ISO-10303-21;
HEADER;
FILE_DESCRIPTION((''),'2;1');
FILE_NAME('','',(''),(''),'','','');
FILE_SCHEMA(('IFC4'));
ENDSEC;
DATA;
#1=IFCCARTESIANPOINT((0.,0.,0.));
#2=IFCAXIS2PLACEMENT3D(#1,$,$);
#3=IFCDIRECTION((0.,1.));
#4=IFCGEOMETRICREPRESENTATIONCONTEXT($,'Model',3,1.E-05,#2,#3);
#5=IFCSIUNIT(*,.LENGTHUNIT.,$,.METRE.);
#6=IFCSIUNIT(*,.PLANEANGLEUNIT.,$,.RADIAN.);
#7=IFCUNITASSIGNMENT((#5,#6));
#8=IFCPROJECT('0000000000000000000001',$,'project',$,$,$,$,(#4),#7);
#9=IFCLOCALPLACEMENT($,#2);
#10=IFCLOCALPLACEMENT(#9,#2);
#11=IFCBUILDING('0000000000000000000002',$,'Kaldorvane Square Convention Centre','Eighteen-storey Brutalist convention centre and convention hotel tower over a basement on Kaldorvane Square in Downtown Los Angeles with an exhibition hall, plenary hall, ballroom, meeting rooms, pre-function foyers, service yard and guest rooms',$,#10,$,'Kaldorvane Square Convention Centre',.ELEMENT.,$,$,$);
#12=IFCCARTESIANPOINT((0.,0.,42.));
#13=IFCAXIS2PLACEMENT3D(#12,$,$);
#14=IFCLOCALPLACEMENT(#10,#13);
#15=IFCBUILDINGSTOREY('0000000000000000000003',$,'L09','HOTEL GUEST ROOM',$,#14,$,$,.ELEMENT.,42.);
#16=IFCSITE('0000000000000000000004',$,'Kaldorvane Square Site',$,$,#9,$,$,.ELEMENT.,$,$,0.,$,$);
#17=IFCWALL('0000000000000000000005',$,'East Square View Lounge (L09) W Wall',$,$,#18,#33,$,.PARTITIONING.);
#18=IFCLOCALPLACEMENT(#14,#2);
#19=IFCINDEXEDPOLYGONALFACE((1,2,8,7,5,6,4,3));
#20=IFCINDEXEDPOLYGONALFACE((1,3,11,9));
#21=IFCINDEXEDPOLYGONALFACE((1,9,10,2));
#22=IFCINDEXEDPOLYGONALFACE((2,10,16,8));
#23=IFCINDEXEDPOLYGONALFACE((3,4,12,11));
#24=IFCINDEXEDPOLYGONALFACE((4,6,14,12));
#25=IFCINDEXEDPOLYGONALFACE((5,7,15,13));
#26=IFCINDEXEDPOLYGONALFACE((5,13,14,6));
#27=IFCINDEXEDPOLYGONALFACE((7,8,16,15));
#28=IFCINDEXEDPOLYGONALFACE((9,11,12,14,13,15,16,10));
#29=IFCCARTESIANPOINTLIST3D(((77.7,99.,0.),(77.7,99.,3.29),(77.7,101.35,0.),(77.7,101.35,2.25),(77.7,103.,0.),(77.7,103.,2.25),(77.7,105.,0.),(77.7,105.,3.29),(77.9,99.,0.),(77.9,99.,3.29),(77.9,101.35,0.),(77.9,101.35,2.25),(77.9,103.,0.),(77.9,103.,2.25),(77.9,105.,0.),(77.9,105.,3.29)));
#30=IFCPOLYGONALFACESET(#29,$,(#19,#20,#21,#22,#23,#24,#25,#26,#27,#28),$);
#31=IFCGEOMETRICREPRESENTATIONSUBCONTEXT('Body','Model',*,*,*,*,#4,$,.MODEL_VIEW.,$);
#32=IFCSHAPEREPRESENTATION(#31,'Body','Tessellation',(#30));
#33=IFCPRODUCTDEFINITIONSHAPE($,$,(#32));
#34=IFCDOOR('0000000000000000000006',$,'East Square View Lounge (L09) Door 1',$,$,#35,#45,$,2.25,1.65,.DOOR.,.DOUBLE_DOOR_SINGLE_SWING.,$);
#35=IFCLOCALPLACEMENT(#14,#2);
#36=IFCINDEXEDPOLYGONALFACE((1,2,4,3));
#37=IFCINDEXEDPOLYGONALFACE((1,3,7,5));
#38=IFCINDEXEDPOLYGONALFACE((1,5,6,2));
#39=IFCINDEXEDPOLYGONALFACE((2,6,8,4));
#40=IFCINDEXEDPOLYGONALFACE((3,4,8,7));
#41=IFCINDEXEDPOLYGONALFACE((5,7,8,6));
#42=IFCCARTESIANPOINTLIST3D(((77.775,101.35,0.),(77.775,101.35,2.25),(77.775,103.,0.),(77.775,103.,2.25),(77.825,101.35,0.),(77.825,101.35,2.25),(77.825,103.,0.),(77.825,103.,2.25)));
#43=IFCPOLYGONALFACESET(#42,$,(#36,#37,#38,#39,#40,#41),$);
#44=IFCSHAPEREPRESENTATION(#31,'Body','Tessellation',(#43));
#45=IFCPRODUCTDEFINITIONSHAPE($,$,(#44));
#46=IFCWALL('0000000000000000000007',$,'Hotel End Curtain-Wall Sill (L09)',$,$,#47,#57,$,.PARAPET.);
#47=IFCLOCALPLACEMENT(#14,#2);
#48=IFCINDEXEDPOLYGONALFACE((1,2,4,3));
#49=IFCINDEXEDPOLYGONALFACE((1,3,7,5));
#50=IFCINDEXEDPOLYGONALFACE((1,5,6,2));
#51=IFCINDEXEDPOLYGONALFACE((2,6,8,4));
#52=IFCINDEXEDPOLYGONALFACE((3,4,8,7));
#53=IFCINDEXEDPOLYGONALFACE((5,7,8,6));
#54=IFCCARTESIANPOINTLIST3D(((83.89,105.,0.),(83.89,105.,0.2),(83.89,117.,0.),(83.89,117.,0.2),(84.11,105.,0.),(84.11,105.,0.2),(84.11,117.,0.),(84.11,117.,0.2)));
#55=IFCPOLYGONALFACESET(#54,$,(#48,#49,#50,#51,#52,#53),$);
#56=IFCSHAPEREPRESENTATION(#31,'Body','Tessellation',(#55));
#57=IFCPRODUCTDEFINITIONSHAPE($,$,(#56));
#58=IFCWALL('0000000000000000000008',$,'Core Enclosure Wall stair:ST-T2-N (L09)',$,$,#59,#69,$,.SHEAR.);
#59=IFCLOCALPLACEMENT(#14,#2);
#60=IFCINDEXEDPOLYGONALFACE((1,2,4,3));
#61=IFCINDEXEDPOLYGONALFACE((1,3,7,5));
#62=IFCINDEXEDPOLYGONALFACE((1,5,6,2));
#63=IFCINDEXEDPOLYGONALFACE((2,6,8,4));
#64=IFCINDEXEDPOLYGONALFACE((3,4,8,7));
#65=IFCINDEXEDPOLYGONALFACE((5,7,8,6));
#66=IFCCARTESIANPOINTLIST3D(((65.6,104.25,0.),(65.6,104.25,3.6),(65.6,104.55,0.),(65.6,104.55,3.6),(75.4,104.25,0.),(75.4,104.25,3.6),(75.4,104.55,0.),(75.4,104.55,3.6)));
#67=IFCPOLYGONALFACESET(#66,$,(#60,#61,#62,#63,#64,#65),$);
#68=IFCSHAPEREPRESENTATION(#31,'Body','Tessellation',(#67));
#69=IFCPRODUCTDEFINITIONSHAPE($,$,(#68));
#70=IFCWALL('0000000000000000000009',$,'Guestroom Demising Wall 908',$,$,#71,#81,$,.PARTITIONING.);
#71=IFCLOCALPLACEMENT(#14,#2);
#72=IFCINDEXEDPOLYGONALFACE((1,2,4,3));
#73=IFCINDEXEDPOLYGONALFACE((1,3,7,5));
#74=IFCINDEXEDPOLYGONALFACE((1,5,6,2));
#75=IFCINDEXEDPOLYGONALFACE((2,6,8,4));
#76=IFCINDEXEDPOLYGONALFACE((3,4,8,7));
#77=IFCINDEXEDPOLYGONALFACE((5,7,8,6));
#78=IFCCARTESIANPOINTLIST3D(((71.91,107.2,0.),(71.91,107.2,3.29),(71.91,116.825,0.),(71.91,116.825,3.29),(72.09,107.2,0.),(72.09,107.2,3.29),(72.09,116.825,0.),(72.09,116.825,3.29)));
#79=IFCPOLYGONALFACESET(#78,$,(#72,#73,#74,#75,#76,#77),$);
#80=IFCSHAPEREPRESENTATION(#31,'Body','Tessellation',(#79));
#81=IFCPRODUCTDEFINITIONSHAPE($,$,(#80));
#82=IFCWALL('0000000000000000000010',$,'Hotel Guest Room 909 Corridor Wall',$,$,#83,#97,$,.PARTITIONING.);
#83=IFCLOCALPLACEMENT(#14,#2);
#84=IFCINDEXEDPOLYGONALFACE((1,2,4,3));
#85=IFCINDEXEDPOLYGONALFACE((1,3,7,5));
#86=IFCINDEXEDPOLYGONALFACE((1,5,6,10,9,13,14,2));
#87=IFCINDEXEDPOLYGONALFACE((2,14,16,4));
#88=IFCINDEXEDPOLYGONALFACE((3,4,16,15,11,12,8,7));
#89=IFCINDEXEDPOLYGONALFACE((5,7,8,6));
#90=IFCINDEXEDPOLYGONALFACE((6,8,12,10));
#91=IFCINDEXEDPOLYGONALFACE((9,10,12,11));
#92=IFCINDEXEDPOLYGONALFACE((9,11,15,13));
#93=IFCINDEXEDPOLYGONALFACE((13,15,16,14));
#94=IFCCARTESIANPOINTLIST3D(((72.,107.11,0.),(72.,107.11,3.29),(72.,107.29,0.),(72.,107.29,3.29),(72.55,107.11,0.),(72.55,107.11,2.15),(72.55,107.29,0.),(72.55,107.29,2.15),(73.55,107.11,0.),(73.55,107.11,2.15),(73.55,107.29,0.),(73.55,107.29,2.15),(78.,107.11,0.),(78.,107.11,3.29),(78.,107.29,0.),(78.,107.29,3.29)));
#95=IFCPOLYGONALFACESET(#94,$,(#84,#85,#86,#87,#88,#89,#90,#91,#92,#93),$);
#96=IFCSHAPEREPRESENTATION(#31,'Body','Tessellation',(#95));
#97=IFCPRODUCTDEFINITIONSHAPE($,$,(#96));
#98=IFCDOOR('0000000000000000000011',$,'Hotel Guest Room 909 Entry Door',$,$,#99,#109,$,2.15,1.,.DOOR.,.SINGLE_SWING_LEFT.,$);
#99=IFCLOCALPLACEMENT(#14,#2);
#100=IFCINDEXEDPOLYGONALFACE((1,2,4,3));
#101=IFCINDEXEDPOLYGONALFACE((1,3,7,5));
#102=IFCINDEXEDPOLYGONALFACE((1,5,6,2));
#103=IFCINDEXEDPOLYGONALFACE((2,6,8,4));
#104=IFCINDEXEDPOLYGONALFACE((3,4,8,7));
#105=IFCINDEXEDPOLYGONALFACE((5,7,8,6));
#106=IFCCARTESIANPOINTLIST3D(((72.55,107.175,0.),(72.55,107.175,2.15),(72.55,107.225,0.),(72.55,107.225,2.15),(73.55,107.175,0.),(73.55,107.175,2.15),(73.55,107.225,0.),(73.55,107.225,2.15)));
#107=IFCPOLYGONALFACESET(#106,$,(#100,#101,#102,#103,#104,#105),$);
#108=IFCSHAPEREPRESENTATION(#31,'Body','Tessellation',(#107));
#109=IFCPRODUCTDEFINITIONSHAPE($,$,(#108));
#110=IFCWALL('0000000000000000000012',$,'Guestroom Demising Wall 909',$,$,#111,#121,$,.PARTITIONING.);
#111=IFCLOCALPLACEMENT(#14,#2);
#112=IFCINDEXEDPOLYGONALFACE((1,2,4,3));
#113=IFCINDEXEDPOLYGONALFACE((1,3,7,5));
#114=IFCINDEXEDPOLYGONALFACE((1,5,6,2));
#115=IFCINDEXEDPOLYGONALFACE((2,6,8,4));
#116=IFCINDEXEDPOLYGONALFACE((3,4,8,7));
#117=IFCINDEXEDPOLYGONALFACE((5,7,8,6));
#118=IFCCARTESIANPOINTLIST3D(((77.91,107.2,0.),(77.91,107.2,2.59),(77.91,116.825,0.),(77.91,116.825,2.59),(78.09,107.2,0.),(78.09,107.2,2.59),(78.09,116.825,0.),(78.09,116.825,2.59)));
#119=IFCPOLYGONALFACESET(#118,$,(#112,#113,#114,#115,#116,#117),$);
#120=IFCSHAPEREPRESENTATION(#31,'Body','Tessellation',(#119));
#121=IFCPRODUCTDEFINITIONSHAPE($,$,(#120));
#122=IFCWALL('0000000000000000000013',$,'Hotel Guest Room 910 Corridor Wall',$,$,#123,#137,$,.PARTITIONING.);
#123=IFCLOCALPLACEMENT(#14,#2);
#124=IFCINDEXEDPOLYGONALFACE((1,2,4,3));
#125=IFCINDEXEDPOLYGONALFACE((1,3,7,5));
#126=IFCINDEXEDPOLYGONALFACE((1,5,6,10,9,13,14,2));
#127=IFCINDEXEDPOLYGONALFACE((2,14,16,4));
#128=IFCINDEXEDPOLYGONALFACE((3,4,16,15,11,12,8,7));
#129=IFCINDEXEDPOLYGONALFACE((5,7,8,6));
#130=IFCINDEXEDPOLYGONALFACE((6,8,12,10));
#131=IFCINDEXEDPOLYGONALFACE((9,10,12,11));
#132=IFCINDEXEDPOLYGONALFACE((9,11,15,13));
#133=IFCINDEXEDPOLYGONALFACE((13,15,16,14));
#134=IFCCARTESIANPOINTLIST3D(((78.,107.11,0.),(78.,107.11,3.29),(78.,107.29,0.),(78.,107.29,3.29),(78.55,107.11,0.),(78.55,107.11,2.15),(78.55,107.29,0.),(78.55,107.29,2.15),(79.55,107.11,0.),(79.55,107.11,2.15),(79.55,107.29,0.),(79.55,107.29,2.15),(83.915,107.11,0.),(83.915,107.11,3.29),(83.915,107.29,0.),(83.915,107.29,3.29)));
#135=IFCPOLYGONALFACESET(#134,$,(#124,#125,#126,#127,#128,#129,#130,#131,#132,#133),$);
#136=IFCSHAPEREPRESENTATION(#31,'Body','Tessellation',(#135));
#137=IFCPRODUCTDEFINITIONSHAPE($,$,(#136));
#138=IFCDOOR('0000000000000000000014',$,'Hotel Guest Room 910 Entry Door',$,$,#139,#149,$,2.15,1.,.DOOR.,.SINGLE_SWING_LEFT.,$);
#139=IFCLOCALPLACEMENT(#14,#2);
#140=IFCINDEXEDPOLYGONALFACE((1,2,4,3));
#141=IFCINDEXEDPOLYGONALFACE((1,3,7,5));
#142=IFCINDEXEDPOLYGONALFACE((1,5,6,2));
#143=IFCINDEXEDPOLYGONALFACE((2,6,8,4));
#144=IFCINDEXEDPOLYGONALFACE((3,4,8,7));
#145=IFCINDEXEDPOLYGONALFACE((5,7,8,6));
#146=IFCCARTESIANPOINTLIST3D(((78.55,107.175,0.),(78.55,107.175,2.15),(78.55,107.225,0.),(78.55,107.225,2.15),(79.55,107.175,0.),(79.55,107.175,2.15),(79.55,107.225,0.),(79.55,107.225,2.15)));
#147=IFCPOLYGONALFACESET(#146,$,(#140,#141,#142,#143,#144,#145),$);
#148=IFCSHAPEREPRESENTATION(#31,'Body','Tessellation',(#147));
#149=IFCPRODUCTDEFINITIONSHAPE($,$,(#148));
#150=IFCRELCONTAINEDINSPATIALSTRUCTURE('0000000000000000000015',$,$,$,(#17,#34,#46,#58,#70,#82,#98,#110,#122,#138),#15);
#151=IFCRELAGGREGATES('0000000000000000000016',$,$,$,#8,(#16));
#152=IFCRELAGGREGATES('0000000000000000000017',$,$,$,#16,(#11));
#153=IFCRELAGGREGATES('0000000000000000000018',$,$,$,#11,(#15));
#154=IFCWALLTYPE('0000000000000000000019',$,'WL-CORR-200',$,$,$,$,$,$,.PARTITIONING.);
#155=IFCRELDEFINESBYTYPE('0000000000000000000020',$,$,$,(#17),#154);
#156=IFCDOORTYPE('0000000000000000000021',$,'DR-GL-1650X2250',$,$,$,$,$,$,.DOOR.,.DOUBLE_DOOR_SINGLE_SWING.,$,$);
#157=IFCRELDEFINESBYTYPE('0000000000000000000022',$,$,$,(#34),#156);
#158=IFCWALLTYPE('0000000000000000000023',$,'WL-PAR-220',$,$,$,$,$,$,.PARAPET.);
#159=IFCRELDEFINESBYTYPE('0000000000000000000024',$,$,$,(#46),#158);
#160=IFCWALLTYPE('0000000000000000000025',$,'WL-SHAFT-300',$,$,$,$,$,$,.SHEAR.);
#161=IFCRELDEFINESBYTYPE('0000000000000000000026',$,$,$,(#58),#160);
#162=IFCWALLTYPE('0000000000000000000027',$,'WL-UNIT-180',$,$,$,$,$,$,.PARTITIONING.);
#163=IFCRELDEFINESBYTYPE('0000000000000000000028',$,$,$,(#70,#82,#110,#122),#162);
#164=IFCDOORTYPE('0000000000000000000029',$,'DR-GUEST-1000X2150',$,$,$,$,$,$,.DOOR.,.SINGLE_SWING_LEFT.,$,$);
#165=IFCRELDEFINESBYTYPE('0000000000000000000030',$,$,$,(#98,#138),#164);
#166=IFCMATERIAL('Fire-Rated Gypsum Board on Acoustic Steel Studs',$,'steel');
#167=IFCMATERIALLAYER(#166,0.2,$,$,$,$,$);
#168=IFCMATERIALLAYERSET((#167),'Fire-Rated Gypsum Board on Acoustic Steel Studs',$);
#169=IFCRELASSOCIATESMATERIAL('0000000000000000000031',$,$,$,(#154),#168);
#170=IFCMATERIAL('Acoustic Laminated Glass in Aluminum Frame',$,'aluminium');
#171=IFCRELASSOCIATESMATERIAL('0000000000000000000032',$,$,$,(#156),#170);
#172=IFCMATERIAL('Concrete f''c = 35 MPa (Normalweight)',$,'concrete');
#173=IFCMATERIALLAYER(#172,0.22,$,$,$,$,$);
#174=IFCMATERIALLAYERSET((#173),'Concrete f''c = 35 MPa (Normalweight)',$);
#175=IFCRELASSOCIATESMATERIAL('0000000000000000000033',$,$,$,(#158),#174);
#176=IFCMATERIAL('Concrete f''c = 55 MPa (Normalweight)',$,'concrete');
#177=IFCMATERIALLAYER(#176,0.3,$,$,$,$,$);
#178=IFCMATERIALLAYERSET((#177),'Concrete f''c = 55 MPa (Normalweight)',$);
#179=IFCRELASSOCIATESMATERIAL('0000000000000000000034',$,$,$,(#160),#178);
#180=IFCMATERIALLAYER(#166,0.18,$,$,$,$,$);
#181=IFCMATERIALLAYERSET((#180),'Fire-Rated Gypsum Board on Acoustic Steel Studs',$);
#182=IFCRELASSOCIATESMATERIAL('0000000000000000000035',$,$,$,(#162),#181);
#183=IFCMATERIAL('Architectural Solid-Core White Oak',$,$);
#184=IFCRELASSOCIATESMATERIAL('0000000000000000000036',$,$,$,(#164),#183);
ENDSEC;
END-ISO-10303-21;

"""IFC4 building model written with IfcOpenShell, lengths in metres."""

from ifc_helpers import new_model, si_unit, direction, frame, frame_2d, origin, place, context, subcontext, project, spatial, rectangle, extrude, material, layer, layer_set, type_object, element, fill, save


model = new_model("IFC4")

# Units and contexts
model_context = context("Model", 3, precision=1e-05, world=origin(), true_north=direction((0.0, 1.0)))
body_context = subcontext(model_context, "Body", "Model", "MODEL_VIEW")
ifc_project = project(units=[si_unit("LENGTHUNIT", "METRE"), si_unit("PLANEANGLEUNIT", "RADIAN")], contexts=[model_context])

# Site, building, storey
site_placement = place(None, origin())
site = spatial("IfcSite", under=ifc_project, at=site_placement, Name="Kaldorvane Square Site", CompositionType="ELEMENT", RefElevation=0.0)
building_placement = place(site_placement, origin())
building = spatial("IfcBuilding", under=site, at=building_placement, Name="Kaldorvane Square Convention Centre", Description="Eighteen-storey Brutalist convention centre and convention hotel tower over a basement on Kaldorvane Square in Downtown Los Angeles with an exhibition hall, plenary hall, ballroom, meeting rooms, pre-function foyers, service yard and guest rooms", LongName="Kaldorvane Square Convention Centre", CompositionType="ELEMENT")
storey_placement = place(building_placement, frame((0.0, 0.0, 42.0)))
storey = spatial("IfcBuildingStorey", under=building, at=storey_placement, Name="L09", Description="HOTEL GUEST ROOM", CompositionType="ELEMENT", Elevation=42.0)

# Shared definitions
ifc_material_1 = material(Name="Fire-Rated Gypsum Board on Acoustic Steel Studs", Category="steel")
ifc_material_2 = material(Name="Architectural Solid-Core White Oak")

# Shared definitions
ifc_layer_1 = layer(ifc_material_1, 0.2)
ifc_layer_set_1 = layer_set([ifc_layer_1], Name="Fire-Rated Gypsum Board on Acoustic Steel Studs")
wall_type_1 = type_object("IfcWallType", Name="WL-CORR-200", PredefinedType="PARTITIONING", material=ifc_layer_set_1)

# Wall, opening, door
wall_1_placement = place(storey_placement, frame((77.8, 105.0, 0.0), z_axis=(0.0, 0.0, 1.0), x_axis=(0.0, -1.0, 0.0)))
wall_1 = element("IfcWall", 1, at=wall_1_placement, inside=storey, type_object=wall_type_1, Name="East Square View Lounge (L09) W Wall", PredefinedType="PARTITIONING", context=body_context, shape_type="SweptSolid", body=[
    extrude(rectangle(XDim=6.0, YDim=0.2, at=frame_2d((3.0, 0.0))), origin(), (0.0, 0.0, 1.0), 3.29),
])
opening_1_placement = place(wall_1_placement, frame((2.0, 0.0, 0.0)))
opening_1 = element("IfcOpeningElement", 2, at=opening_1_placement, cuts=wall_1, PredefinedType="OPENING", context=body_context, shape_type="SweptSolid", body=[
    extrude(rectangle(XDim=1.65, YDim=2.25, at=frame_2d((0.825, 1.125))), frame((0.0, 0.115, 0.0), z_axis=(0.0, -1.0, 0.0), x_axis=(1.0, 0.0, 0.0)), (0.0, 0.0, 1.0), 0.23),
])
ifc_material_3 = material(Name="Acoustic Laminated Glass in Aluminum Frame", Category="aluminium")
door_type_1 = type_object("IfcDoorType", Name="DR-GL-1650X2250", OperationType="DOUBLE_DOOR_SINGLE_SWING", PredefinedType="DOOR", material=ifc_material_3)
door_1_placement = place(opening_1_placement, origin())
door_1 = element("IfcDoor", 3, at=door_1_placement, inside=storey, type_object=door_type_1, Name="East Square View Lounge (L09) Door 1", OperationType="DOUBLE_DOOR_SINGLE_SWING", OverallHeight=2.25, OverallWidth=1.65, PredefinedType="DOOR", context=body_context, shape_type="SweptSolid", body=[
    extrude(rectangle(XDim=1.65, YDim=2.25, at=frame_2d((0.825, 1.125))), frame((0.0, 0.025, 0.0), z_axis=(0.0, -1.0, 0.0), x_axis=(1.0, 0.0, 0.0)), (0.0, 0.0, 1.0), 0.05),
])
fill(opening_1, door_1)

# Walls
ifc_material_4 = material(Name="Concrete f'c = 35 MPa (Normalweight)", Category="concrete")
ifc_layer_2 = layer(ifc_material_4, 0.22)
ifc_layer_set_2 = layer_set([ifc_layer_2], Name="Concrete f'c = 35 MPa (Normalweight)")
wall_type_2 = type_object("IfcWallType", Name="WL-PAR-220", PredefinedType="PARAPET", material=ifc_layer_set_2)
wall_2_placement = place(storey_placement, frame((84.0, 105.0, 0.0), z_axis=(0.0, 0.0, 1.0), x_axis=(0.0, 1.0, 0.0)))
element("IfcWall", 4, at=wall_2_placement, inside=storey, type_object=wall_type_2, Name="Hotel End Curtain-Wall Sill (L09)", PredefinedType="PARAPET", context=body_context, shape_type="SweptSolid", body=[
    extrude(rectangle(XDim=12.0, YDim=0.22, at=frame_2d((6.0, 0.0))), origin(), (0.0, 0.0, 1.0), 0.2),
])
ifc_material_5 = material(Name="Concrete f'c = 55 MPa (Normalweight)", Category="concrete")
ifc_layer_3 = layer(ifc_material_5, 0.3)
ifc_layer_set_3 = layer_set([ifc_layer_3], Name="Concrete f'c = 55 MPa (Normalweight)")
wall_type_3 = type_object("IfcWallType", Name="WL-SHAFT-300", PredefinedType="SHEAR", material=ifc_layer_set_3)
wall_3_placement = place(storey_placement, frame((75.4, 104.4, 0.0), z_axis=(0.0, 0.0, 1.0), x_axis=(-1.0, 0.0, 0.0)))
element("IfcWall", 5, at=wall_3_placement, inside=storey, type_object=wall_type_3, Name="Core Enclosure Wall stair:ST-T2-N (L09)", PredefinedType="SHEAR", context=body_context, shape_type="SweptSolid", body=[
    extrude(rectangle(XDim=9.8, YDim=0.3, at=frame_2d((4.9, 0.0))), origin(), (0.0, 0.0, 1.0), 3.6),
])
ifc_layer_4 = layer(ifc_material_1, 0.18)
ifc_layer_set_4 = layer_set([ifc_layer_4], Name="Fire-Rated Gypsum Board on Acoustic Steel Studs")
wall_type_4 = type_object("IfcWallType", Name="WL-UNIT-180", PredefinedType="PARTITIONING", material=ifc_layer_set_4)
wall_4_placement = place(storey_placement, frame((72.0, 107.2, 0.0), z_axis=(0.0, 0.0, 1.0), x_axis=(0.0, 1.0, 0.0)))
element("IfcWall", 6, at=wall_4_placement, inside=storey, type_object=wall_type_4, Name="Guestroom Demising Wall 908", PredefinedType="PARTITIONING", context=body_context, shape_type="SweptSolid", body=[
    extrude(rectangle(XDim=9.625, YDim=0.18, at=frame_2d((4.8125, 0.0))), origin(), (0.0, 0.0, 1.0), 3.29),
])

# Wall, opening, door
wall_5_placement = place(storey_placement, frame((72.0, 107.2, 0.0), z_axis=(0.0, 0.0, 1.0), x_axis=(1.0, 0.0, 0.0)))
wall_5 = element("IfcWall", 7, at=wall_5_placement, inside=storey, type_object=wall_type_4, Name="Hotel Guest Room 909 Corridor Wall", PredefinedType="PARTITIONING", context=body_context, shape_type="SweptSolid", body=[
    extrude(rectangle(XDim=6.0, YDim=0.18, at=frame_2d((3.0, 0.0))), origin(), (0.0, 0.0, 1.0), 3.29),
])
opening_2_placement = place(wall_5_placement, frame((0.55, 0.0, 0.0)))
opening_2 = element("IfcOpeningElement", 8, at=opening_2_placement, cuts=wall_5, PredefinedType="OPENING", context=body_context, shape_type="SweptSolid", body=[
    extrude(rectangle(XDim=1.0, YDim=2.15, at=frame_2d((0.5, 1.075))), frame((0.0, 0.105, 0.0), z_axis=(0.0, -1.0, 0.0), x_axis=(1.0, 0.0, 0.0)), (0.0, 0.0, 1.0), 0.21),
])
door_type_2 = type_object("IfcDoorType", Name="DR-GUEST-1000X2150", OperationType="SINGLE_SWING_LEFT", PredefinedType="DOOR", material=ifc_material_2)
door_2_placement = place(opening_2_placement, origin())
door_2 = element("IfcDoor", 9, at=door_2_placement, inside=storey, type_object=door_type_2, Name="Hotel Guest Room 909 Entry Door", OperationType="SINGLE_SWING_LEFT", OverallHeight=2.15, OverallWidth=1.0, PredefinedType="DOOR", context=body_context, shape_type="SweptSolid", body=[
    extrude(rectangle(XDim=1.0, YDim=2.15, at=frame_2d((0.5, 1.075))), frame((0.0, 0.025, 0.0), z_axis=(0.0, -1.0, 0.0), x_axis=(1.0, 0.0, 0.0)), (0.0, 0.0, 1.0), 0.05),
])
fill(opening_2, door_2)

# Wall
wall_6_placement = place(storey_placement, frame((78.0, 107.2, 0.0), z_axis=(0.0, 0.0, 1.0), x_axis=(0.0, 1.0, 0.0)))
element("IfcWall", 10, at=wall_6_placement, inside=storey, type_object=wall_type_4, Name="Guestroom Demising Wall 909", PredefinedType="PARTITIONING", context=body_context, shape_type="SweptSolid", body=[
    extrude(rectangle(XDim=9.625, YDim=0.18, at=frame_2d((4.8125, 0.0))), origin(), (0.0, 0.0, 1.0), 2.59),
])

# Wall, opening, door
wall_7_placement = place(storey_placement, frame((78.0, 107.2, 0.0), z_axis=(0.0, 0.0, 1.0), x_axis=(1.0, 0.0, 0.0)))
wall_7 = element("IfcWall", 11, at=wall_7_placement, inside=storey, type_object=wall_type_4, Name="Hotel Guest Room 910 Corridor Wall", PredefinedType="PARTITIONING", context=body_context, shape_type="SweptSolid", body=[
    extrude(rectangle(XDim=5.915, YDim=0.18, at=frame_2d((2.9575, 0.0))), origin(), (0.0, 0.0, 1.0), 3.29),
])
opening_3_placement = place(wall_7_placement, frame((0.55, 0.0, 0.0)))
opening_3 = element("IfcOpeningElement", 12, at=opening_3_placement, cuts=wall_7, PredefinedType="OPENING", context=body_context, shape_type="SweptSolid", body=[
    extrude(rectangle(XDim=1.0, YDim=2.15, at=frame_2d((0.5, 1.075))), frame((0.0, 0.105, 0.0), z_axis=(0.0, -1.0, 0.0), x_axis=(1.0, 0.0, 0.0)), (0.0, 0.0, 1.0), 0.21),
])
door_3_placement = place(opening_3_placement, origin())
door_3 = element("IfcDoor", 13, at=door_3_placement, inside=storey, type_object=door_type_2, Name="Hotel Guest Room 910 Entry Door", OperationType="SINGLE_SWING_LEFT", OverallHeight=2.15, OverallWidth=1.0, PredefinedType="DOOR", context=body_context, shape_type="SweptSolid", body=[
    extrude(rectangle(XDim=1.0, YDim=2.15, at=frame_2d((0.5, 1.075))), frame((0.0, 0.025, 0.0), z_axis=(0.0, -1.0, 0.0), x_axis=(1.0, 0.0, 0.0)), (0.0, 0.0, 1.0), 0.05),
])
fill(opening_3, door_3)

save(model, "model.ifc")
